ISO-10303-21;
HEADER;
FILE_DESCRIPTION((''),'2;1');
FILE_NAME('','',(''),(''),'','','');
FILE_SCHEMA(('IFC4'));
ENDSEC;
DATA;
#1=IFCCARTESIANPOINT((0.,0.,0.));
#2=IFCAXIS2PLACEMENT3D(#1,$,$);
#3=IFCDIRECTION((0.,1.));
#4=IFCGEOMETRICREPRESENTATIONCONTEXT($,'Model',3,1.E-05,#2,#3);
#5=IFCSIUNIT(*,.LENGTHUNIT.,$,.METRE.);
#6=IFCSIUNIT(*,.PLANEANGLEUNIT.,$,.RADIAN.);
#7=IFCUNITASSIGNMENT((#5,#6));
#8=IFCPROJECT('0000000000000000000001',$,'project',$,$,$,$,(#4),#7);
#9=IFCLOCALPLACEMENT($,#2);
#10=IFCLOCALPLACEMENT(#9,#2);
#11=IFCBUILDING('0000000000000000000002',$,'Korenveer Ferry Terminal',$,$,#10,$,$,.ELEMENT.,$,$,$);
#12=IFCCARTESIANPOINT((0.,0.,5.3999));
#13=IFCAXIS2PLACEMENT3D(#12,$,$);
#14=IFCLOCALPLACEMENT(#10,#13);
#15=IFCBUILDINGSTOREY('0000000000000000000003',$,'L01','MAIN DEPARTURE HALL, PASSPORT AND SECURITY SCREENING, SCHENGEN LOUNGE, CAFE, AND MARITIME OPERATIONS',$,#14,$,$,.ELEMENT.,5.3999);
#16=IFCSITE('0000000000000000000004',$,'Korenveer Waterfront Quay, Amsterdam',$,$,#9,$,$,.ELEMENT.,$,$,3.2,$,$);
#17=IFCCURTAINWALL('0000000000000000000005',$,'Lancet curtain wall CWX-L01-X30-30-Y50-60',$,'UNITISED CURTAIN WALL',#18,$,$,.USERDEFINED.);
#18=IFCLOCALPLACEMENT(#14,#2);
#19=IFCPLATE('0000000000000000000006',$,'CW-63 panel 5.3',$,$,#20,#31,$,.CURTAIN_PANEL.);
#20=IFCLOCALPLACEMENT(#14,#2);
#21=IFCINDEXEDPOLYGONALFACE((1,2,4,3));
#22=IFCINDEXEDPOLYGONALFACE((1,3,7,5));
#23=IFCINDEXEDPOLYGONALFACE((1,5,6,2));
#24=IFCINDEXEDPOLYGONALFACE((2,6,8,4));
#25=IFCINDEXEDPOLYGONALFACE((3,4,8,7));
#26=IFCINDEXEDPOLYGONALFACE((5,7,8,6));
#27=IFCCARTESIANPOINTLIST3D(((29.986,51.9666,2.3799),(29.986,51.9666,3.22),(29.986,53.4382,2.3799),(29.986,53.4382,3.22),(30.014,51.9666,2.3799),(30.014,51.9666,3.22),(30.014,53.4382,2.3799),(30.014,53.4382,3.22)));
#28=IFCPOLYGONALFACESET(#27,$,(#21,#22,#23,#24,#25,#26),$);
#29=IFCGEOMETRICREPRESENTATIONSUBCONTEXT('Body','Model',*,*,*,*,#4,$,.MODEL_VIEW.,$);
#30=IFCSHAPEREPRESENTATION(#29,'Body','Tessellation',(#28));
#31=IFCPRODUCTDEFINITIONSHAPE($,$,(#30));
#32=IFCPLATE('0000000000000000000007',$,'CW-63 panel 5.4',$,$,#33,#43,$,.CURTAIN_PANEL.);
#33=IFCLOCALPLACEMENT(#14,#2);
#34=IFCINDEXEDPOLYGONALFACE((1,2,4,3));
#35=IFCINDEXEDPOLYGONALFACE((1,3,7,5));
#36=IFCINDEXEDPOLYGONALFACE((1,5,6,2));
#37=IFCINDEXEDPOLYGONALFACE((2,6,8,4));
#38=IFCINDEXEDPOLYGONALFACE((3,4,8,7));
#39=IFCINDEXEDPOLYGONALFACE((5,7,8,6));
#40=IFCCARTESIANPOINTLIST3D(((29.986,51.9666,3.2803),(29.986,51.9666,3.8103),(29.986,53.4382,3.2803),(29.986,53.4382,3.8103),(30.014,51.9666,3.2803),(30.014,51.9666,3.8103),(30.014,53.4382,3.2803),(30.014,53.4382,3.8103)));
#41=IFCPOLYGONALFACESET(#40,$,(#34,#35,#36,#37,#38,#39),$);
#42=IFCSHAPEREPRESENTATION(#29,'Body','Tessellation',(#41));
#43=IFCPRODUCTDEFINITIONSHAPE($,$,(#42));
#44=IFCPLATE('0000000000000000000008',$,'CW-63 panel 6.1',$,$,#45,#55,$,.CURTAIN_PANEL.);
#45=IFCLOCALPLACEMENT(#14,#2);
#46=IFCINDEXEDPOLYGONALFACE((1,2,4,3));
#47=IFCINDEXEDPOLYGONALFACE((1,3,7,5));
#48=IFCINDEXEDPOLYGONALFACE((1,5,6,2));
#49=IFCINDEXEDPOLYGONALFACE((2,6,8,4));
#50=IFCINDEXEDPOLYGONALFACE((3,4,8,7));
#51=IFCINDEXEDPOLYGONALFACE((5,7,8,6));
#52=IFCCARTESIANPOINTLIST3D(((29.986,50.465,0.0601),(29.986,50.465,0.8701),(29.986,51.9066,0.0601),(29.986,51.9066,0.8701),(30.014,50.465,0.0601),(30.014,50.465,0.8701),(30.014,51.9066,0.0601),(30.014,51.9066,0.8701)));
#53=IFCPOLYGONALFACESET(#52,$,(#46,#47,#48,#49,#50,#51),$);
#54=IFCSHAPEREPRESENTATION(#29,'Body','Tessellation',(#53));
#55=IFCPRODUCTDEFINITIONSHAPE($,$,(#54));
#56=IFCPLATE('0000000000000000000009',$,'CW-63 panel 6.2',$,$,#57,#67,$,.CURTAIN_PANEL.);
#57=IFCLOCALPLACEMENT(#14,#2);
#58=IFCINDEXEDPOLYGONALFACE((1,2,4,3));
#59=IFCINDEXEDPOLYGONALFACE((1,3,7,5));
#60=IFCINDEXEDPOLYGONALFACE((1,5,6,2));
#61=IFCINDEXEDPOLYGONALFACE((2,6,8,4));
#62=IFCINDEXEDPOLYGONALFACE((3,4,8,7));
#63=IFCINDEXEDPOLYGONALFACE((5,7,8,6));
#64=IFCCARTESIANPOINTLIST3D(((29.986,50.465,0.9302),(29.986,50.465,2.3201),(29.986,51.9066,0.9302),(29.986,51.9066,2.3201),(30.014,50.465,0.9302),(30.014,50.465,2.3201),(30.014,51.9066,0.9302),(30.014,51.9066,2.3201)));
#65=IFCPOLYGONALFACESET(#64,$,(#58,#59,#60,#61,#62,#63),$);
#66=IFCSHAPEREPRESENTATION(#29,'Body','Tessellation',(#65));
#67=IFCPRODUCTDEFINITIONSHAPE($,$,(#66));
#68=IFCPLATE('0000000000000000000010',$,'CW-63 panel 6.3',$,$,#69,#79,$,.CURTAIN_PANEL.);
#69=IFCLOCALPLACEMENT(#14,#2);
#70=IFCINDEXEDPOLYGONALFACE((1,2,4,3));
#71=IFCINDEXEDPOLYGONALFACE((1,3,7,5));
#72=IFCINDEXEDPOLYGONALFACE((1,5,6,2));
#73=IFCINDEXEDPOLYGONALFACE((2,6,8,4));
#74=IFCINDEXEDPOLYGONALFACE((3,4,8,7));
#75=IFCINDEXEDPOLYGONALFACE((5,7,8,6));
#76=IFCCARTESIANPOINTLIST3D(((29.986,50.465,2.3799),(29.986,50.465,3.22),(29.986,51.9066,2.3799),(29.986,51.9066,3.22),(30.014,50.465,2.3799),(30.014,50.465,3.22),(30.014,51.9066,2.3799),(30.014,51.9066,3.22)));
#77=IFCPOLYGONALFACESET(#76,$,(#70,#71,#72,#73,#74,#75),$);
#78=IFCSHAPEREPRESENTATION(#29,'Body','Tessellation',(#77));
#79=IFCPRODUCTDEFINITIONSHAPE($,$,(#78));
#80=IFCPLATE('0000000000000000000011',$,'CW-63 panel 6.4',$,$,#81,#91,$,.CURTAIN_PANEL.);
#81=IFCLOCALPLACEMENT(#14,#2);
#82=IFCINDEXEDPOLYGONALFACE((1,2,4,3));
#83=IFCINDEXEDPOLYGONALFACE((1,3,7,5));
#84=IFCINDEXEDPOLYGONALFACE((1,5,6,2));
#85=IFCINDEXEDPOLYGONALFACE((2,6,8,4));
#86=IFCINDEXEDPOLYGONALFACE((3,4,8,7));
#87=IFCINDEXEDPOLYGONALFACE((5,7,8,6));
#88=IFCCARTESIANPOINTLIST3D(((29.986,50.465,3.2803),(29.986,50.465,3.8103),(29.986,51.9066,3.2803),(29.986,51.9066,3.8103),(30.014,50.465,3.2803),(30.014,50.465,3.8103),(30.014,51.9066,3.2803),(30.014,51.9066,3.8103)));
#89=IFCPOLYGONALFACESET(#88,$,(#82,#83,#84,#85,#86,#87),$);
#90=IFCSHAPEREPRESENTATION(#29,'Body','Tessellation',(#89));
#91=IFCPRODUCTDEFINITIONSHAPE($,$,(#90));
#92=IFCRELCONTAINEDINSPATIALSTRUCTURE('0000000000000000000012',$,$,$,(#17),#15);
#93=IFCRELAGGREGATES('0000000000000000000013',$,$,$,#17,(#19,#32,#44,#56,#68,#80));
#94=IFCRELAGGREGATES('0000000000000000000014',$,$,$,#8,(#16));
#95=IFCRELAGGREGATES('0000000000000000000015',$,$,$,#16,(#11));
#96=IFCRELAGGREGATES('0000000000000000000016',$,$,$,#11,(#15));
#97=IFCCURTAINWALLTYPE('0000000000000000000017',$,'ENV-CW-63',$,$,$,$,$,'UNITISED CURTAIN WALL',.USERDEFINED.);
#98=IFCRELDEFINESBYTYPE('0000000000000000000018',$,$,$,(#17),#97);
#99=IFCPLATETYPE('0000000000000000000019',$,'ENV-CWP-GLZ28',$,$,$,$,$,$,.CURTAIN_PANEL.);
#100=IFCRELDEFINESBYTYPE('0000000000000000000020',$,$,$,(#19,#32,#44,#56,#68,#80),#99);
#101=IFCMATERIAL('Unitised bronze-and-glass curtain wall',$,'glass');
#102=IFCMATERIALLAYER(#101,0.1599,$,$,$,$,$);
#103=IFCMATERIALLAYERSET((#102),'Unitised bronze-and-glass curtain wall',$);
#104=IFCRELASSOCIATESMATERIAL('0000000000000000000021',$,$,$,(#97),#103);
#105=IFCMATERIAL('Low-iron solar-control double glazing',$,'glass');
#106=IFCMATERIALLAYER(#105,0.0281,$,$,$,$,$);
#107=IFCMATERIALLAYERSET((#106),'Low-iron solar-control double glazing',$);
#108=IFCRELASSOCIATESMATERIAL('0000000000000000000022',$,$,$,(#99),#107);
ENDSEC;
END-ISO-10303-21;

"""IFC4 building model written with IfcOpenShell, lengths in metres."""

from ifc_helpers import new_model, si_unit, direction, frame, origin, origin_2d, place, context, subcontext, project, spatial, rectangle, extrude, material, layer, layer_set, type_object, element, aggregate, save


model = new_model("IFC4")

# Units and contexts
model_context = context("Model", 3, precision=1e-05, world=origin(), true_north=direction((0.0, 1.0)))
body_context = subcontext(model_context, "Body", "Model", "MODEL_VIEW")
ifc_project = project(units=[si_unit("LENGTHUNIT", "METRE"), si_unit("PLANEANGLEUNIT", "RADIAN")], contexts=[model_context])

# Site, building, storey
site_placement = place(None, origin())
site = spatial("IfcSite", under=ifc_project, at=site_placement, Name="Korenveer Waterfront Quay, Amsterdam", CompositionType="ELEMENT", RefElevation=3.2)
building_placement = place(site_placement, origin())
building = spatial("IfcBuilding", under=site, at=building_placement, Name="Korenveer Ferry Terminal", CompositionType="ELEMENT")
storey_placement = place(building_placement, frame((0.0, 0.0, 5.3999)))
storey = spatial("IfcBuildingStorey", under=building, at=storey_placement, Name="L01", Description="MAIN DEPARTURE HALL, PASSPORT AND SECURITY SCREENING, SCHENGEN LOUNGE, CAFE, AND MARITIME OPERATIONS", CompositionType="ELEMENT", Elevation=5.3999)

# Curtain wall, plates
ifc_material_1 = material(Name="Unitised bronze-and-glass curtain wall", Category="glass")
ifc_layer_1 = layer(ifc_material_1, 0.1599)
ifc_layer_set_1 = layer_set([ifc_layer_1], Name="Unitised bronze-and-glass curtain wall")
curtain_wall_type = type_object("IfcCurtainWallType", Name="ENV-CW-63", ElementType="UNITISED CURTAIN WALL", PredefinedType="USERDEFINED", material=ifc_layer_set_1)
curtain_wall_placement = place(storey_placement, frame((30.0, 59.595, 0.0)))
curtain_wall = element("IfcCurtainWall", 1, at=curtain_wall_placement, inside=storey, type_object=curtain_wall_type, Name="Lancet curtain wall CWX-L01-X30-30-Y50-60", ObjectType="UNITISED CURTAIN WALL", PredefinedType="USERDEFINED")
ifc_material_2 = material(Name="Low-iron solar-control double glazing", Category="glass")
ifc_layer_2 = layer(ifc_material_2, 0.0281)
ifc_layer_set_2 = layer_set([ifc_layer_2], Name="Low-iron solar-control double glazing")
plate_type = type_object("IfcPlateType", Name="ENV-CWP-GLZ28", PredefinedType="CURTAIN_PANEL", material=ifc_layer_set_2)
plate_1_placement = place(storey_placement, frame((30.0, 52.7024, 2.3799), z_axis=(0.0, 0.0, 1.0), x_axis=(0.0, -1.0, 0.0)))
plate_1 = element("IfcPlate", 2, at=plate_1_placement, type_object=plate_type, Name="CW-63 panel 5.3", PredefinedType="CURTAIN_PANEL", context=body_context, shape_type="SweptSolid", body=[
    extrude(rectangle(XDim=1.4717, YDim=0.0281, at=origin_2d()), origin(), (0.0, 0.0, 1.0), 0.8401),
])
plate_2_placement = place(storey_placement, frame((30.0, 52.7024, 3.2803), z_axis=(0.0, 0.0, 1.0), x_axis=(0.0, -1.0, 0.0)))
plate_2 = element("IfcPlate", 3, at=plate_2_placement, type_object=plate_type, Name="CW-63 panel 5.4", PredefinedType="CURTAIN_PANEL", context=body_context, shape_type="SweptSolid", body=[
    extrude(rectangle(XDim=1.4717, YDim=0.0281, at=origin_2d()), origin(), (0.0, 0.0, 1.0), 0.53),
])
plate_3_placement = place(storey_placement, frame((30.0, 51.1858, 0.0601), z_axis=(0.0, 0.0, 1.0), x_axis=(0.0, -1.0, 0.0)))
plate_3 = element("IfcPlate", 4, at=plate_3_placement, type_object=plate_type, Name="CW-63 panel 6.1", PredefinedType="CURTAIN_PANEL", context=body_context, shape_type="SweptSolid", body=[
    extrude(rectangle(XDim=1.4417, YDim=0.0281, at=origin_2d()), origin(), (0.0, 0.0, 1.0), 0.8101),
])
plate_4_placement = place(storey_placement, frame((30.0, 51.1858, 0.9302), z_axis=(0.0, 0.0, 1.0), x_axis=(0.0, -1.0, 0.0)))
plate_4 = element("IfcPlate", 5, at=plate_4_placement, type_object=plate_type, Name="CW-63 panel 6.2", PredefinedType="CURTAIN_PANEL", context=body_context, shape_type="SweptSolid", body=[
    extrude(rectangle(XDim=1.4417, YDim=0.0281, at=origin_2d()), origin(), (0.0, 0.0, 1.0), 1.3899),
])
plate_5_placement = place(storey_placement, frame((30.0, 51.1858, 2.3799), z_axis=(0.0, 0.0, 1.0), x_axis=(0.0, -1.0, 0.0)))
plate_5 = element("IfcPlate", 6, at=plate_5_placement, type_object=plate_type, Name="CW-63 panel 6.3", PredefinedType="CURTAIN_PANEL", context=body_context, shape_type="SweptSolid", body=[
    extrude(rectangle(XDim=1.4417, YDim=0.0281, at=origin_2d()), origin(), (0.0, 0.0, 1.0), 0.8401),
])
plate_6_placement = place(storey_placement, frame((30.0, 51.1858, 3.2803), z_axis=(0.0, 0.0, 1.0), x_axis=(0.0, -1.0, 0.0)))
plate_6 = element("IfcPlate", 7, at=plate_6_placement, type_object=plate_type, Name="CW-63 panel 6.4", PredefinedType="CURTAIN_PANEL", context=body_context, shape_type="SweptSolid", body=[
    extrude(rectangle(XDim=1.4417, YDim=0.0281, at=origin_2d()), origin(), (0.0, 0.0, 1.0), 0.53),
])
aggregate(curtain_wall, [plate_1, plate_2, plate_3, plate_4, plate_5, plate_6])

save(model, "model.ifc")
